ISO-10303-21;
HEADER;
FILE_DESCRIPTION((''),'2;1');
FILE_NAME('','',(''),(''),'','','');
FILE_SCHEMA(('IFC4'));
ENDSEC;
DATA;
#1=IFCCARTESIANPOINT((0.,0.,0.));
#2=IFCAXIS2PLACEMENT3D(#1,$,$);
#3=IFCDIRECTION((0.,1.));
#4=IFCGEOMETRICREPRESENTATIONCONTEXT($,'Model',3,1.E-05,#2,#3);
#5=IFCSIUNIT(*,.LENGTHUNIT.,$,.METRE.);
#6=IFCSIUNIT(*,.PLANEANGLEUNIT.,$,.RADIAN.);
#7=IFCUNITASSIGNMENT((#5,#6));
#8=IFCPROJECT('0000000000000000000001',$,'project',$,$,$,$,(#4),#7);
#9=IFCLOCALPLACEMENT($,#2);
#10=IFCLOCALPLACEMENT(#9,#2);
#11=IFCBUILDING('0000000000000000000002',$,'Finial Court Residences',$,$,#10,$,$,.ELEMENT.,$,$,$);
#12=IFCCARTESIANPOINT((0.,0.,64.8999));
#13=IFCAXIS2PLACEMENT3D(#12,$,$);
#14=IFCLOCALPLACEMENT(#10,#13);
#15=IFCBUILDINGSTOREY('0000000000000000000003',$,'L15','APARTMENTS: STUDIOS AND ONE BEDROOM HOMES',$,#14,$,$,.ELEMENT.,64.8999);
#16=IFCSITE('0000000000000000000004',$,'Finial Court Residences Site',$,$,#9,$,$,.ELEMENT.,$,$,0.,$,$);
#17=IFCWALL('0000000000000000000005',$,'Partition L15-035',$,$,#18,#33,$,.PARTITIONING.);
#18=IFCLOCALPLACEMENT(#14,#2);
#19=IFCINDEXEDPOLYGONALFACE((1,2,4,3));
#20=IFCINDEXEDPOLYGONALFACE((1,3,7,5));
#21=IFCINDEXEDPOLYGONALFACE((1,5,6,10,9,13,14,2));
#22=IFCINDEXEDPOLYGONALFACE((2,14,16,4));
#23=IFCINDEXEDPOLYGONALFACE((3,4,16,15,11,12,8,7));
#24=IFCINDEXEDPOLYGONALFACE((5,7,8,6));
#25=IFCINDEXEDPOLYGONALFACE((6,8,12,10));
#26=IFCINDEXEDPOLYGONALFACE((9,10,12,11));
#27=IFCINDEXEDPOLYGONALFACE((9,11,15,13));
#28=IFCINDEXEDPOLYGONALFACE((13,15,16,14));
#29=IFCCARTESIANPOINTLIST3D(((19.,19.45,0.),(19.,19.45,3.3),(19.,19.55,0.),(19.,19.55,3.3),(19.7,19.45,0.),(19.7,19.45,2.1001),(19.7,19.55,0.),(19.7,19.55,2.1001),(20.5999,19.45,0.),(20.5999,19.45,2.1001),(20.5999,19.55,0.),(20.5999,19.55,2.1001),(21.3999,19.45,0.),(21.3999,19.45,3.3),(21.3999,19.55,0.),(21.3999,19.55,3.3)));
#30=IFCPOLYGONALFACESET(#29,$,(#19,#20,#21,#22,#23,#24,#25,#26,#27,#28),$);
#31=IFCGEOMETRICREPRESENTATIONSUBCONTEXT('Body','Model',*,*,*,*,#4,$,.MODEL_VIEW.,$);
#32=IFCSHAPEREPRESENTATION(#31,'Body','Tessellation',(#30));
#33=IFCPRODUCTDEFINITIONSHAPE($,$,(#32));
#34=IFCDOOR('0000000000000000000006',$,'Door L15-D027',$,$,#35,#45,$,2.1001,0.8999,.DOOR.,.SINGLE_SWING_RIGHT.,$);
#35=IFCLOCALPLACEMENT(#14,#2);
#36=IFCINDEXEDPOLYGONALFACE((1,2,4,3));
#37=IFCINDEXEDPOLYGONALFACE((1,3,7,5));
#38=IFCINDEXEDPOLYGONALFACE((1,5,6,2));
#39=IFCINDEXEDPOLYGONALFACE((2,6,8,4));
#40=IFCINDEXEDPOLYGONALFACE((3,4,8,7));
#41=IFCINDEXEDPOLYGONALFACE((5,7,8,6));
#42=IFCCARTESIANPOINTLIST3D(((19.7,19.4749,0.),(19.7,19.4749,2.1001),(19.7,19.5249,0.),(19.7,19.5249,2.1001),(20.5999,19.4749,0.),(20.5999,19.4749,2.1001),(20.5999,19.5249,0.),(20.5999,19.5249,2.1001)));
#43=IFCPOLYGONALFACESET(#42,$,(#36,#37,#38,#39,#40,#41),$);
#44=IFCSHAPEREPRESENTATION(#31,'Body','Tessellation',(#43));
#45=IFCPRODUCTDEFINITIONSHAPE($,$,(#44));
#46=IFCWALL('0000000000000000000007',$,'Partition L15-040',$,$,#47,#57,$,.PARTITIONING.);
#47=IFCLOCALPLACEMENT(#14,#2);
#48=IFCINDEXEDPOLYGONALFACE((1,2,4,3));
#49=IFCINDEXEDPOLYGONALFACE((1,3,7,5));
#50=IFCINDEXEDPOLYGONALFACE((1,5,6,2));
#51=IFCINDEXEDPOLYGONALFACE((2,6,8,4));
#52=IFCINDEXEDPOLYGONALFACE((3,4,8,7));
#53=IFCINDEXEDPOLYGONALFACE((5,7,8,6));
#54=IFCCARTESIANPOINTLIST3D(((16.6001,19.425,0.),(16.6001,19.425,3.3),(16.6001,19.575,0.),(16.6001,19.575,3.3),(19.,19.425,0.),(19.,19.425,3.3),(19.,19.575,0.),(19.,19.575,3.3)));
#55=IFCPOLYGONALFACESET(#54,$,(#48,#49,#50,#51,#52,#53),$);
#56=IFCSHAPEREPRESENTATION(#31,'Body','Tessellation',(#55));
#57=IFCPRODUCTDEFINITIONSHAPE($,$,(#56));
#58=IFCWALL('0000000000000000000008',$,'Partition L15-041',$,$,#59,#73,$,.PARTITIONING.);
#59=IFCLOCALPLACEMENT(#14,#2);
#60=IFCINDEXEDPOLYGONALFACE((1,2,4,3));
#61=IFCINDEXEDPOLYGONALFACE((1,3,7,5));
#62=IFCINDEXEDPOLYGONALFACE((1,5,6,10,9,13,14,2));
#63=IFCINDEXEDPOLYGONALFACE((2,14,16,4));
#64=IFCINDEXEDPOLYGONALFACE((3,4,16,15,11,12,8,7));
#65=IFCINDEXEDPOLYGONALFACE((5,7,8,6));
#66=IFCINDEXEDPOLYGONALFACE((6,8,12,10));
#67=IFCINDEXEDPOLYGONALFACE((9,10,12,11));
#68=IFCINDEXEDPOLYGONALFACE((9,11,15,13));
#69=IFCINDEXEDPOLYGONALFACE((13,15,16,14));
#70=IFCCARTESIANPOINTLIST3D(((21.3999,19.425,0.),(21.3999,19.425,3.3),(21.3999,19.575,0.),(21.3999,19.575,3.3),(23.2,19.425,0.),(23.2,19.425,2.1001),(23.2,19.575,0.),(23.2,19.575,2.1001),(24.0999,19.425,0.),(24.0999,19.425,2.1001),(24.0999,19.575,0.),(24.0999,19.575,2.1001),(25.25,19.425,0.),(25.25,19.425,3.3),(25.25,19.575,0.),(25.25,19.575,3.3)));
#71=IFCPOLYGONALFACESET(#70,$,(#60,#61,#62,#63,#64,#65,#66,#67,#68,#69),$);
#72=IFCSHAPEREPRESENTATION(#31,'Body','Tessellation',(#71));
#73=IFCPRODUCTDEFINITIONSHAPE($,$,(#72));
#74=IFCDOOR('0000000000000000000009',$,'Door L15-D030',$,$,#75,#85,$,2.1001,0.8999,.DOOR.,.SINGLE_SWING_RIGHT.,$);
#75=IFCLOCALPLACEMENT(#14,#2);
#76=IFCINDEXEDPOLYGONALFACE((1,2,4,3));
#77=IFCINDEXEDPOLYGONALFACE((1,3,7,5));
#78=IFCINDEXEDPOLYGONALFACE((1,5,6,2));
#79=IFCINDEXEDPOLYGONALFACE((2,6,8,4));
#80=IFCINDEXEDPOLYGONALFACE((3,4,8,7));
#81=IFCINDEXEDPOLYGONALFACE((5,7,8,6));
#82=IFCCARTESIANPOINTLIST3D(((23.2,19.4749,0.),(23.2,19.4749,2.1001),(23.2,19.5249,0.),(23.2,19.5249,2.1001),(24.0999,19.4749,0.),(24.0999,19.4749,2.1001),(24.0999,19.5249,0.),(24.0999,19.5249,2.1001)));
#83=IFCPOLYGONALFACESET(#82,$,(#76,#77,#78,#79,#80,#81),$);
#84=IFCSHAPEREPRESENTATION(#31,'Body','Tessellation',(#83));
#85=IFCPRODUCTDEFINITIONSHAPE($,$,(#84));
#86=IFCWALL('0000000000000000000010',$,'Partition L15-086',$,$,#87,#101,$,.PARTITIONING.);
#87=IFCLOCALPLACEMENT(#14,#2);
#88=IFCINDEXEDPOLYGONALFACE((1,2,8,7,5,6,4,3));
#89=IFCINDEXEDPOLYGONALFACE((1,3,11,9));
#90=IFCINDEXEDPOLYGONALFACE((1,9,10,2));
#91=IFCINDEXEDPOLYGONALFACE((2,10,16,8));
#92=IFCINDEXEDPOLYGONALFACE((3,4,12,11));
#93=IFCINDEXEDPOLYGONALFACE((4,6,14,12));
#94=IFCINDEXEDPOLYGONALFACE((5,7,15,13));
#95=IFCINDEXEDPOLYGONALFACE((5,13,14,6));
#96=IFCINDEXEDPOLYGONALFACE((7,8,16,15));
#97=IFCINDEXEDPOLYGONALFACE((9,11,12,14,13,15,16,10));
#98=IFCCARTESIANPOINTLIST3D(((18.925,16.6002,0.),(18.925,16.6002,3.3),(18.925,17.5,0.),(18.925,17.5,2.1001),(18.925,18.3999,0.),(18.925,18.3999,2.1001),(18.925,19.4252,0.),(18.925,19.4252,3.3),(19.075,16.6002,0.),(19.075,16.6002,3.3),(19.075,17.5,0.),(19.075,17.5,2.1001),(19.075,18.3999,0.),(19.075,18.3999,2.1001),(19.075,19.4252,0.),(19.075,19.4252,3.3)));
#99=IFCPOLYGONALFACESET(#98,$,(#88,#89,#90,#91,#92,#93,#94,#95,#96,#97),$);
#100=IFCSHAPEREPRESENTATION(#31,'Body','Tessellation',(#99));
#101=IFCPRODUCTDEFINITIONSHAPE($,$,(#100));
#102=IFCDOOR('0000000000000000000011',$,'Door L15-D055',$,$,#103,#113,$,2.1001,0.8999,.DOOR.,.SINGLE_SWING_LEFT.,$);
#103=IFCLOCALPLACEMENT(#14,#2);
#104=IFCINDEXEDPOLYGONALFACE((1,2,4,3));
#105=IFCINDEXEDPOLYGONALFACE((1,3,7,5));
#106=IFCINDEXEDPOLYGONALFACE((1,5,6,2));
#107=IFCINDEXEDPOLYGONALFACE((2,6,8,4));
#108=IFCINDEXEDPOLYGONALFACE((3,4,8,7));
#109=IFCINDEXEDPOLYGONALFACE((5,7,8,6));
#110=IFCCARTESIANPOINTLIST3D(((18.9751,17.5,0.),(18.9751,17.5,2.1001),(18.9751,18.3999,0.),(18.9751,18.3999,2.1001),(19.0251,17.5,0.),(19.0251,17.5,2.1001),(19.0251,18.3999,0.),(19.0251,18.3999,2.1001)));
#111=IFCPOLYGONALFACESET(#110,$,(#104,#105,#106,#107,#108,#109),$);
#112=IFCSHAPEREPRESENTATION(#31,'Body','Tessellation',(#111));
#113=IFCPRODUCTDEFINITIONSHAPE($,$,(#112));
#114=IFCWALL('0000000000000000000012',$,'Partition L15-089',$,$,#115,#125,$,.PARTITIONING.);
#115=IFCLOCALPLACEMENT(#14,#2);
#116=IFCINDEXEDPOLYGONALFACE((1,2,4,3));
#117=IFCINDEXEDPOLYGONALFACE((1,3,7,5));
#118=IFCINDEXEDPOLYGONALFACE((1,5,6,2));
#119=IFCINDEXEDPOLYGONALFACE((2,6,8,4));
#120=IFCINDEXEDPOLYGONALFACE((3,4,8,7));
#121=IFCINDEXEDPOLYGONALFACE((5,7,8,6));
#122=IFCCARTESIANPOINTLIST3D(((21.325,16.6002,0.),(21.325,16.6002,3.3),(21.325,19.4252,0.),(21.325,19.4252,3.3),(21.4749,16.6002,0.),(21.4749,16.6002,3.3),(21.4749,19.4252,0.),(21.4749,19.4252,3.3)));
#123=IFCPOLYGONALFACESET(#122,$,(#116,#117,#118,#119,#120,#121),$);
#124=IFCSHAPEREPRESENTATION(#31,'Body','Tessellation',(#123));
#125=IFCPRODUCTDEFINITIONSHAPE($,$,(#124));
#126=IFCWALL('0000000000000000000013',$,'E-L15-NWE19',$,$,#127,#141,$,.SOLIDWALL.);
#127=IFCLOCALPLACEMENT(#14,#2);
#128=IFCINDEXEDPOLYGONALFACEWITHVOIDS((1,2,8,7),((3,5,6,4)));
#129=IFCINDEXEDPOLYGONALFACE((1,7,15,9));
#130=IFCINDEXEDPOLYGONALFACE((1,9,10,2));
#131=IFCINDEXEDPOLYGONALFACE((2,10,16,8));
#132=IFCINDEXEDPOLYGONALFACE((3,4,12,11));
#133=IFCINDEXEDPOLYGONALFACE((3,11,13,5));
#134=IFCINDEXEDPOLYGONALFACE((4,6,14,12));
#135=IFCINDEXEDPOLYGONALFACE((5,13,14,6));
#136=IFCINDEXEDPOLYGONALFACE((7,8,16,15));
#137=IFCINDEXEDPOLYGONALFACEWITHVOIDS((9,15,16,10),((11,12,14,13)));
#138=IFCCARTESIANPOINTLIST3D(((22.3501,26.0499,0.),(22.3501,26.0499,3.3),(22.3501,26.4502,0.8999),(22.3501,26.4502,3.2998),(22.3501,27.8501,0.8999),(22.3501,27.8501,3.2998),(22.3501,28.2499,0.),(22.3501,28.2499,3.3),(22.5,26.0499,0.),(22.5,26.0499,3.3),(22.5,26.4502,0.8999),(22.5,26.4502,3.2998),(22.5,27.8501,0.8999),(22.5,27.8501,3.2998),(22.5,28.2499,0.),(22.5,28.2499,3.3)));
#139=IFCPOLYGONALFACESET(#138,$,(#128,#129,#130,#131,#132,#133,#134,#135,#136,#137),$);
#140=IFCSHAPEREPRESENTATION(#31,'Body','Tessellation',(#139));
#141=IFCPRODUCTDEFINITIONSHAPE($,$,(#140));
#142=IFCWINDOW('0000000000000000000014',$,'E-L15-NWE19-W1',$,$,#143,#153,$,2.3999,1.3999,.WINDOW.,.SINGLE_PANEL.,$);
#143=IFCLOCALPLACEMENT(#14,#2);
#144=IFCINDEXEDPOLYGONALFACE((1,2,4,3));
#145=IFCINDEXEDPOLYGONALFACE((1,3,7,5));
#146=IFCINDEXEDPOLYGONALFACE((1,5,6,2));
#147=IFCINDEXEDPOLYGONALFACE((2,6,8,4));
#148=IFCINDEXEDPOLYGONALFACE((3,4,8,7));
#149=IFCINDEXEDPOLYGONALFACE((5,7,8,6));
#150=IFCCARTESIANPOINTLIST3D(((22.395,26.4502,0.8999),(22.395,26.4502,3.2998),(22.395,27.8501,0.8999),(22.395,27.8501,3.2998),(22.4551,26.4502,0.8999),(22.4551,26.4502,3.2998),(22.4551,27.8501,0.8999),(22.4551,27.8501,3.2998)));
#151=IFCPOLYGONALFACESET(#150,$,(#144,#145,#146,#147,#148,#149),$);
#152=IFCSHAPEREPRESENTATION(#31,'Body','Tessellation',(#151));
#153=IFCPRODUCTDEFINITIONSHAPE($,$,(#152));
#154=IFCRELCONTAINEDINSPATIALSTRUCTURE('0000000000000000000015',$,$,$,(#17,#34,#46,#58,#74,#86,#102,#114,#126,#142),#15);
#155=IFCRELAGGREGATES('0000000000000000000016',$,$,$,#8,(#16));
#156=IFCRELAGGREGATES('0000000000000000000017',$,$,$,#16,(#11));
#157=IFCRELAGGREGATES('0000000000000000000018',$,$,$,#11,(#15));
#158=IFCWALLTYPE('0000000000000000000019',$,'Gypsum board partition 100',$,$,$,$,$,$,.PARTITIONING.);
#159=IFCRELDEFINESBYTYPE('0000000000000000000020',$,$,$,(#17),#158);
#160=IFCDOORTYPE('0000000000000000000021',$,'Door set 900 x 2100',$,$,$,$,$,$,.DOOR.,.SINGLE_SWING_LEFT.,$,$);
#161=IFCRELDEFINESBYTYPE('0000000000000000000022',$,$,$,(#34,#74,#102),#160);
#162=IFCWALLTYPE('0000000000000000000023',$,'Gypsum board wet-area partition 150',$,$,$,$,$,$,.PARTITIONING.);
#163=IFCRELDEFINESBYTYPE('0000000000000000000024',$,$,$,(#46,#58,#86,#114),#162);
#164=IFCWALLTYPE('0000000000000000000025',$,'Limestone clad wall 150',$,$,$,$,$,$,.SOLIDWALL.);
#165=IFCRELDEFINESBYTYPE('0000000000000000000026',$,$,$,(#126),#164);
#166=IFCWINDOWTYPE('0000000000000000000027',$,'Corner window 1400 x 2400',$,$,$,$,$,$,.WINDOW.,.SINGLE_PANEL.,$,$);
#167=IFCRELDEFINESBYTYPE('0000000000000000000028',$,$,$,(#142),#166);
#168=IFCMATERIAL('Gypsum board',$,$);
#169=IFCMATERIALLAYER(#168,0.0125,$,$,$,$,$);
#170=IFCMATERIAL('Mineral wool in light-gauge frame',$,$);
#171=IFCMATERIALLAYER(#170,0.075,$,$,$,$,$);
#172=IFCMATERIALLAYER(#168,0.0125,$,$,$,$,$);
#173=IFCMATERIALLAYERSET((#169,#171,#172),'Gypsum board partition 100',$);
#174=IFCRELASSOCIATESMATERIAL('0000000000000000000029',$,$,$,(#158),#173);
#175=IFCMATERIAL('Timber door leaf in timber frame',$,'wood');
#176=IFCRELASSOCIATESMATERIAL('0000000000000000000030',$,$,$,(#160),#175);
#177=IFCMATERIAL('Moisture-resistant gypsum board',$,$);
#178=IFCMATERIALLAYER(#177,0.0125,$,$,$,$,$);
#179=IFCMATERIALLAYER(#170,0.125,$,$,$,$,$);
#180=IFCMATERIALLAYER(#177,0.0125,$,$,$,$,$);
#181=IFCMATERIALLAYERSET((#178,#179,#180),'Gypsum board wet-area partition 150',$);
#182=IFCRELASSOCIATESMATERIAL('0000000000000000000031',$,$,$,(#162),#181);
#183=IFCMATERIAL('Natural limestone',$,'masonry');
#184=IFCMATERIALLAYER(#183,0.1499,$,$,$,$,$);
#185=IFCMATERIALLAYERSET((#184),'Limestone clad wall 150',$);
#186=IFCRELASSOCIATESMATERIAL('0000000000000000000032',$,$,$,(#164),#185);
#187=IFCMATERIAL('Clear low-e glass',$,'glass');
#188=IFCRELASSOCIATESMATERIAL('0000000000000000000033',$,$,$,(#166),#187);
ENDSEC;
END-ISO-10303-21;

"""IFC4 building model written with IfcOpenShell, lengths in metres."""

from ifc_helpers import new_model, si_unit, direction, frame, frame_2d, origin, place, context, subcontext, project, spatial, rectangle, extrude, material, layer, layer_set, type_object, element, fill, save


model = new_model("IFC4")

# Units and contexts
model_context = context("Model", 3, precision=1e-05, world=origin(), true_north=direction((0.0, 1.0)))
body_context = subcontext(model_context, "Body", "Model", "MODEL_VIEW")
ifc_project = project(units=[si_unit("LENGTHUNIT", "METRE"), si_unit("PLANEANGLEUNIT", "RADIAN")], contexts=[model_context])

# Site, building, storey
site_placement = place(None, origin())
site = spatial("IfcSite", under=ifc_project, at=site_placement, Name="Finial Court Residences Site", CompositionType="ELEMENT", RefElevation=0.0)
building_placement = place(site_placement, origin())
building = spatial("IfcBuilding", under=site, at=building_placement, Name="Finial Court Residences", CompositionType="ELEMENT")
storey_placement = place(building_placement, frame((0.0, 0.0, 64.8999)))
storey = spatial("IfcBuildingStorey", under=building, at=storey_placement, Name="L15", Description="APARTMENTS: STUDIOS AND ONE BEDROOM HOMES", CompositionType="ELEMENT", Elevation=64.8999)

# Shared definitions
ifc_material_1 = material(Name="Clear low-e glass", Category="glass")

# Wall, opening, door
ifc_material_2 = material(Name="Gypsum board")
ifc_layer_1 = layer(ifc_material_2, 0.0125)
ifc_material_3 = material(Name="Mineral wool in light-gauge frame")
ifc_layer_2 = layer(ifc_material_3, 0.075)
ifc_layer_3 = layer(ifc_material_2, 0.0125)
ifc_layer_set_1 = layer_set([ifc_layer_1, ifc_layer_2, ifc_layer_3], Name="Gypsum board partition 100")
wall_type_1 = type_object("IfcWallType", Name="Gypsum board partition 100", PredefinedType="PARTITIONING", material=ifc_layer_set_1)
wall_1_placement = place(storey_placement, frame((19.0, 19.5, 0.0), z_axis=(0.0, 0.0, 1.0), x_axis=(1.0, 0.0, 0.0)))
wall_1 = element("IfcWall", 1, at=wall_1_placement, inside=storey, type_object=wall_type_1, Name="Partition L15-035", PredefinedType="PARTITIONING", context=body_context, shape_type="SweptSolid", body=[
    extrude(rectangle(XDim=2.3999, YDim=0.1001, at=frame_2d((1.2, 0.0))), origin(), (0.0, 0.0, 1.0), 3.3),
])
opening_1_placement = place(wall_1_placement, frame((0.7, 0.0, 0.0)))
opening_1 = element("IfcOpeningElement", 2, at=opening_1_placement, cuts=wall_1, PredefinedType="OPENING", context=body_context, shape_type="SweptSolid", body=[
    extrude(rectangle(XDim=0.8999, YDim=2.1001, at=frame_2d((0.45, 1.05))), frame((0.0, 0.0601, 0.0), z_axis=(0.0, -1.0, 0.0), x_axis=(1.0, 0.0, 0.0)), (0.0, 0.0, 1.0), 0.1201),
])
ifc_material_4 = material(Name="Timber door leaf in timber frame", Category="wood")
door_type = type_object("IfcDoorType", Name="Door set 900 x 2100", OperationType="SINGLE_SWING_LEFT", PredefinedType="DOOR", material=ifc_material_4)
door_1_placement = place(opening_1_placement, origin())
door_1 = element("IfcDoor", 3, at=door_1_placement, inside=storey, type_object=door_type, Name="Door L15-D027", OperationType="SINGLE_SWING_RIGHT", OverallHeight=2.1001, OverallWidth=0.8999, PredefinedType="DOOR", context=body_context, shape_type="SweptSolid", body=[
    extrude(rectangle(XDim=0.8999, YDim=2.1001, at=frame_2d((0.45, 1.05))), frame((0.0, 0.0249, 0.0), z_axis=(0.0, -1.0, 0.0), x_axis=(1.0, 0.0, 0.0)), (0.0, 0.0, 1.0), 0.05),
])
fill(opening_1, door_1)

# Wall
ifc_material_5 = material(Name="Moisture-resistant gypsum board")
ifc_layer_4 = layer(ifc_material_5, 0.0125)
ifc_layer_5 = layer(ifc_material_3, 0.125)
ifc_layer_6 = layer(ifc_material_5, 0.0125)
ifc_layer_set_2 = layer_set([ifc_layer_4, ifc_layer_5, ifc_layer_6], Name="Gypsum board wet-area partition 150")
wall_type_2 = type_object("IfcWallType", Name="Gypsum board wet-area partition 150", PredefinedType="PARTITIONING", material=ifc_layer_set_2)
wall_2_placement = place(storey_placement, frame((16.6001, 19.5, 0.0), z_axis=(0.0, 0.0, 1.0), x_axis=(1.0, 0.0, 0.0)))
element("IfcWall", 4, at=wall_2_placement, inside=storey, type_object=wall_type_2, Name="Partition L15-040", PredefinedType="PARTITIONING", context=body_context, shape_type="SweptSolid", body=[
    extrude(rectangle(XDim=2.3999, YDim=0.1499, at=frame_2d((1.2, 0.0))), origin(), (0.0, 0.0, 1.0), 3.3),
])

# Walls, openings, doors
wall_3_placement = place(storey_placement, frame((21.3999, 19.5, 0.0), z_axis=(0.0, 0.0, 1.0), x_axis=(1.0, 0.0, 0.0)))
wall_3 = element("IfcWall", 5, at=wall_3_placement, inside=storey, type_object=wall_type_2, Name="Partition L15-041", PredefinedType="PARTITIONING", context=body_context, shape_type="SweptSolid", body=[
    extrude(rectangle(XDim=3.8501, YDim=0.1499, at=frame_2d((1.925, 0.0))), origin(), (0.0, 0.0, 1.0), 3.3),
])
opening_2_placement = place(wall_3_placement, frame((1.8, 0.0, 0.0)))
opening_2 = element("IfcOpeningElement", 6, at=opening_2_placement, cuts=wall_3, PredefinedType="OPENING", context=body_context, shape_type="SweptSolid", body=[
    extrude(rectangle(XDim=0.8999, YDim=2.1001, at=frame_2d((0.45, 1.05))), frame((0.0, 0.085, 0.0), z_axis=(0.0, -1.0, 0.0), x_axis=(1.0, 0.0, 0.0)), (0.0, 0.0, 1.0), 0.1699),
])
door_2_placement = place(opening_2_placement, origin())
door_2 = element("IfcDoor", 7, at=door_2_placement, inside=storey, type_object=door_type, Name="Door L15-D030", OperationType="SINGLE_SWING_RIGHT", OverallHeight=2.1001, OverallWidth=0.8999, PredefinedType="DOOR", context=body_context, shape_type="SweptSolid", body=[
    extrude(rectangle(XDim=0.8999, YDim=2.1001, at=frame_2d((0.45, 1.05))), frame((0.0, 0.0249, 0.0), z_axis=(0.0, -1.0, 0.0), x_axis=(1.0, 0.0, 0.0)), (0.0, 0.0, 1.0), 0.05),
])
fill(opening_2, door_2)
wall_4_placement = place(storey_placement, frame((19.0, 16.6001, 0.0), z_axis=(0.0, 0.0, 1.0), x_axis=(0.0, 1.0, 0.0)))
wall_4 = element("IfcWall", 8, at=wall_4_placement, inside=storey, type_object=wall_type_2, Name="Partition L15-086", PredefinedType="PARTITIONING", context=body_context, shape_type="SweptSolid", body=[
    extrude(rectangle(XDim=2.825, YDim=0.1499, at=frame_2d((1.4126, 0.0))), origin(), (0.0, 0.0, 1.0), 3.3),
])
opening_3_placement = place(wall_4_placement, frame((0.8999, 0.0, 0.0)))
opening_3 = element("IfcOpeningElement", 9, at=opening_3_placement, cuts=wall_4, PredefinedType="OPENING", context=body_context, shape_type="SweptSolid", body=[
    extrude(rectangle(XDim=0.8999, YDim=2.1001, at=frame_2d((0.45, 1.05))), frame((0.0, 0.085, 0.0), z_axis=(0.0, -1.0, 0.0), x_axis=(1.0, 0.0, 0.0)), (0.0, 0.0, 1.0), 0.1699),
])
door_3_placement = place(opening_3_placement, origin())
door_3 = element("IfcDoor", 10, at=door_3_placement, inside=storey, type_object=door_type, Name="Door L15-D055", OperationType="SINGLE_SWING_LEFT", OverallHeight=2.1001, OverallWidth=0.8999, PredefinedType="DOOR", context=body_context, shape_type="SweptSolid", body=[
    extrude(rectangle(XDim=0.8999, YDim=2.1001, at=frame_2d((0.45, 1.05))), frame((0.0, 0.0249, 0.0), z_axis=(0.0, -1.0, 0.0), x_axis=(1.0, 0.0, 0.0)), (0.0, 0.0, 1.0), 0.05),
])
fill(opening_3, door_3)

# Wall
wall_5_placement = place(storey_placement, frame((21.3999, 16.6001, 0.0), z_axis=(0.0, 0.0, 1.0), x_axis=(0.0, 1.0, 0.0)))
element("IfcWall", 11, at=wall_5_placement, inside=storey, type_object=wall_type_2, Name="Partition L15-089", PredefinedType="PARTITIONING", context=body_context, shape_type="SweptSolid", body=[
    extrude(rectangle(XDim=2.825, YDim=0.1499, at=frame_2d((1.4126, 0.0))), origin(), (0.0, 0.0, 1.0), 3.3),
])

# Wall, opening, window
ifc_material_6 = material(Name="Natural limestone", Category="masonry")
ifc_layer_7 = layer(ifc_material_6, 0.1499)
ifc_layer_set_3 = layer_set([ifc_layer_7], Name="Limestone clad wall 150")
wall_type_3 = type_object("IfcWallType", Name="Limestone clad wall 150", PredefinedType="SOLIDWALL", material=ifc_layer_set_3)
wall_6_placement = place(storey_placement, frame((22.425, 28.25, 0.0), z_axis=(0.0, 0.0, 1.0), x_axis=(0.0, -1.0, 0.0)))
wall_6 = element("IfcWall", 12, at=wall_6_placement, inside=storey, type_object=wall_type_3, Name="E-L15-NWE19", PredefinedType="SOLIDWALL", context=body_context, shape_type="SweptSolid", body=[
    extrude(rectangle(XDim=2.2, YDim=0.1499, at=frame_2d((1.1001, 0.0))), origin(), (0.0, 0.0, 1.0), 3.3),
])
opening_4_placement = place(wall_6_placement, frame((0.3999, 0.0, 0.8999)))
opening_4 = element("IfcOpeningElement", 13, at=opening_4_placement, cuts=wall_6, PredefinedType="OPENING", context=body_context, shape_type="SweptSolid", body=[
    extrude(rectangle(XDim=1.3999, YDim=2.3999, at=frame_2d((0.7, 1.2))), frame((0.0, 0.085, 0.0), z_axis=(0.0, -1.0, 0.0), x_axis=(1.0, 0.0, 0.0)), (0.0, 0.0, 1.0), 0.1699),
])
window_type_1 = type_object("IfcWindowType", Name="Corner window 1400 x 2400", PartitioningType="SINGLE_PANEL", PredefinedType="WINDOW", material=ifc_material_1)
window_1_placement = place(opening_4_placement, origin())
window_1 = element("IfcWindow", 14, at=window_1_placement, inside=storey, type_object=window_type_1, Name="E-L15-NWE19-W1", OverallHeight=2.3999, OverallWidth=1.3999, PartitioningType="SINGLE_PANEL", PredefinedType="WINDOW", context=body_context, shape_type="SweptSolid", body=[
    extrude(rectangle(XDim=1.3999, YDim=2.3999, at=frame_2d((0.7, 1.2))), frame((0.0, 0.03, 0.0), z_axis=(0.0, -1.0, 0.0), x_axis=(1.0, 0.0, 0.0)), (0.0, 0.0, 1.0), 0.0601),
])
fill(opening_4, window_1)

save(model, "model.ifc")
